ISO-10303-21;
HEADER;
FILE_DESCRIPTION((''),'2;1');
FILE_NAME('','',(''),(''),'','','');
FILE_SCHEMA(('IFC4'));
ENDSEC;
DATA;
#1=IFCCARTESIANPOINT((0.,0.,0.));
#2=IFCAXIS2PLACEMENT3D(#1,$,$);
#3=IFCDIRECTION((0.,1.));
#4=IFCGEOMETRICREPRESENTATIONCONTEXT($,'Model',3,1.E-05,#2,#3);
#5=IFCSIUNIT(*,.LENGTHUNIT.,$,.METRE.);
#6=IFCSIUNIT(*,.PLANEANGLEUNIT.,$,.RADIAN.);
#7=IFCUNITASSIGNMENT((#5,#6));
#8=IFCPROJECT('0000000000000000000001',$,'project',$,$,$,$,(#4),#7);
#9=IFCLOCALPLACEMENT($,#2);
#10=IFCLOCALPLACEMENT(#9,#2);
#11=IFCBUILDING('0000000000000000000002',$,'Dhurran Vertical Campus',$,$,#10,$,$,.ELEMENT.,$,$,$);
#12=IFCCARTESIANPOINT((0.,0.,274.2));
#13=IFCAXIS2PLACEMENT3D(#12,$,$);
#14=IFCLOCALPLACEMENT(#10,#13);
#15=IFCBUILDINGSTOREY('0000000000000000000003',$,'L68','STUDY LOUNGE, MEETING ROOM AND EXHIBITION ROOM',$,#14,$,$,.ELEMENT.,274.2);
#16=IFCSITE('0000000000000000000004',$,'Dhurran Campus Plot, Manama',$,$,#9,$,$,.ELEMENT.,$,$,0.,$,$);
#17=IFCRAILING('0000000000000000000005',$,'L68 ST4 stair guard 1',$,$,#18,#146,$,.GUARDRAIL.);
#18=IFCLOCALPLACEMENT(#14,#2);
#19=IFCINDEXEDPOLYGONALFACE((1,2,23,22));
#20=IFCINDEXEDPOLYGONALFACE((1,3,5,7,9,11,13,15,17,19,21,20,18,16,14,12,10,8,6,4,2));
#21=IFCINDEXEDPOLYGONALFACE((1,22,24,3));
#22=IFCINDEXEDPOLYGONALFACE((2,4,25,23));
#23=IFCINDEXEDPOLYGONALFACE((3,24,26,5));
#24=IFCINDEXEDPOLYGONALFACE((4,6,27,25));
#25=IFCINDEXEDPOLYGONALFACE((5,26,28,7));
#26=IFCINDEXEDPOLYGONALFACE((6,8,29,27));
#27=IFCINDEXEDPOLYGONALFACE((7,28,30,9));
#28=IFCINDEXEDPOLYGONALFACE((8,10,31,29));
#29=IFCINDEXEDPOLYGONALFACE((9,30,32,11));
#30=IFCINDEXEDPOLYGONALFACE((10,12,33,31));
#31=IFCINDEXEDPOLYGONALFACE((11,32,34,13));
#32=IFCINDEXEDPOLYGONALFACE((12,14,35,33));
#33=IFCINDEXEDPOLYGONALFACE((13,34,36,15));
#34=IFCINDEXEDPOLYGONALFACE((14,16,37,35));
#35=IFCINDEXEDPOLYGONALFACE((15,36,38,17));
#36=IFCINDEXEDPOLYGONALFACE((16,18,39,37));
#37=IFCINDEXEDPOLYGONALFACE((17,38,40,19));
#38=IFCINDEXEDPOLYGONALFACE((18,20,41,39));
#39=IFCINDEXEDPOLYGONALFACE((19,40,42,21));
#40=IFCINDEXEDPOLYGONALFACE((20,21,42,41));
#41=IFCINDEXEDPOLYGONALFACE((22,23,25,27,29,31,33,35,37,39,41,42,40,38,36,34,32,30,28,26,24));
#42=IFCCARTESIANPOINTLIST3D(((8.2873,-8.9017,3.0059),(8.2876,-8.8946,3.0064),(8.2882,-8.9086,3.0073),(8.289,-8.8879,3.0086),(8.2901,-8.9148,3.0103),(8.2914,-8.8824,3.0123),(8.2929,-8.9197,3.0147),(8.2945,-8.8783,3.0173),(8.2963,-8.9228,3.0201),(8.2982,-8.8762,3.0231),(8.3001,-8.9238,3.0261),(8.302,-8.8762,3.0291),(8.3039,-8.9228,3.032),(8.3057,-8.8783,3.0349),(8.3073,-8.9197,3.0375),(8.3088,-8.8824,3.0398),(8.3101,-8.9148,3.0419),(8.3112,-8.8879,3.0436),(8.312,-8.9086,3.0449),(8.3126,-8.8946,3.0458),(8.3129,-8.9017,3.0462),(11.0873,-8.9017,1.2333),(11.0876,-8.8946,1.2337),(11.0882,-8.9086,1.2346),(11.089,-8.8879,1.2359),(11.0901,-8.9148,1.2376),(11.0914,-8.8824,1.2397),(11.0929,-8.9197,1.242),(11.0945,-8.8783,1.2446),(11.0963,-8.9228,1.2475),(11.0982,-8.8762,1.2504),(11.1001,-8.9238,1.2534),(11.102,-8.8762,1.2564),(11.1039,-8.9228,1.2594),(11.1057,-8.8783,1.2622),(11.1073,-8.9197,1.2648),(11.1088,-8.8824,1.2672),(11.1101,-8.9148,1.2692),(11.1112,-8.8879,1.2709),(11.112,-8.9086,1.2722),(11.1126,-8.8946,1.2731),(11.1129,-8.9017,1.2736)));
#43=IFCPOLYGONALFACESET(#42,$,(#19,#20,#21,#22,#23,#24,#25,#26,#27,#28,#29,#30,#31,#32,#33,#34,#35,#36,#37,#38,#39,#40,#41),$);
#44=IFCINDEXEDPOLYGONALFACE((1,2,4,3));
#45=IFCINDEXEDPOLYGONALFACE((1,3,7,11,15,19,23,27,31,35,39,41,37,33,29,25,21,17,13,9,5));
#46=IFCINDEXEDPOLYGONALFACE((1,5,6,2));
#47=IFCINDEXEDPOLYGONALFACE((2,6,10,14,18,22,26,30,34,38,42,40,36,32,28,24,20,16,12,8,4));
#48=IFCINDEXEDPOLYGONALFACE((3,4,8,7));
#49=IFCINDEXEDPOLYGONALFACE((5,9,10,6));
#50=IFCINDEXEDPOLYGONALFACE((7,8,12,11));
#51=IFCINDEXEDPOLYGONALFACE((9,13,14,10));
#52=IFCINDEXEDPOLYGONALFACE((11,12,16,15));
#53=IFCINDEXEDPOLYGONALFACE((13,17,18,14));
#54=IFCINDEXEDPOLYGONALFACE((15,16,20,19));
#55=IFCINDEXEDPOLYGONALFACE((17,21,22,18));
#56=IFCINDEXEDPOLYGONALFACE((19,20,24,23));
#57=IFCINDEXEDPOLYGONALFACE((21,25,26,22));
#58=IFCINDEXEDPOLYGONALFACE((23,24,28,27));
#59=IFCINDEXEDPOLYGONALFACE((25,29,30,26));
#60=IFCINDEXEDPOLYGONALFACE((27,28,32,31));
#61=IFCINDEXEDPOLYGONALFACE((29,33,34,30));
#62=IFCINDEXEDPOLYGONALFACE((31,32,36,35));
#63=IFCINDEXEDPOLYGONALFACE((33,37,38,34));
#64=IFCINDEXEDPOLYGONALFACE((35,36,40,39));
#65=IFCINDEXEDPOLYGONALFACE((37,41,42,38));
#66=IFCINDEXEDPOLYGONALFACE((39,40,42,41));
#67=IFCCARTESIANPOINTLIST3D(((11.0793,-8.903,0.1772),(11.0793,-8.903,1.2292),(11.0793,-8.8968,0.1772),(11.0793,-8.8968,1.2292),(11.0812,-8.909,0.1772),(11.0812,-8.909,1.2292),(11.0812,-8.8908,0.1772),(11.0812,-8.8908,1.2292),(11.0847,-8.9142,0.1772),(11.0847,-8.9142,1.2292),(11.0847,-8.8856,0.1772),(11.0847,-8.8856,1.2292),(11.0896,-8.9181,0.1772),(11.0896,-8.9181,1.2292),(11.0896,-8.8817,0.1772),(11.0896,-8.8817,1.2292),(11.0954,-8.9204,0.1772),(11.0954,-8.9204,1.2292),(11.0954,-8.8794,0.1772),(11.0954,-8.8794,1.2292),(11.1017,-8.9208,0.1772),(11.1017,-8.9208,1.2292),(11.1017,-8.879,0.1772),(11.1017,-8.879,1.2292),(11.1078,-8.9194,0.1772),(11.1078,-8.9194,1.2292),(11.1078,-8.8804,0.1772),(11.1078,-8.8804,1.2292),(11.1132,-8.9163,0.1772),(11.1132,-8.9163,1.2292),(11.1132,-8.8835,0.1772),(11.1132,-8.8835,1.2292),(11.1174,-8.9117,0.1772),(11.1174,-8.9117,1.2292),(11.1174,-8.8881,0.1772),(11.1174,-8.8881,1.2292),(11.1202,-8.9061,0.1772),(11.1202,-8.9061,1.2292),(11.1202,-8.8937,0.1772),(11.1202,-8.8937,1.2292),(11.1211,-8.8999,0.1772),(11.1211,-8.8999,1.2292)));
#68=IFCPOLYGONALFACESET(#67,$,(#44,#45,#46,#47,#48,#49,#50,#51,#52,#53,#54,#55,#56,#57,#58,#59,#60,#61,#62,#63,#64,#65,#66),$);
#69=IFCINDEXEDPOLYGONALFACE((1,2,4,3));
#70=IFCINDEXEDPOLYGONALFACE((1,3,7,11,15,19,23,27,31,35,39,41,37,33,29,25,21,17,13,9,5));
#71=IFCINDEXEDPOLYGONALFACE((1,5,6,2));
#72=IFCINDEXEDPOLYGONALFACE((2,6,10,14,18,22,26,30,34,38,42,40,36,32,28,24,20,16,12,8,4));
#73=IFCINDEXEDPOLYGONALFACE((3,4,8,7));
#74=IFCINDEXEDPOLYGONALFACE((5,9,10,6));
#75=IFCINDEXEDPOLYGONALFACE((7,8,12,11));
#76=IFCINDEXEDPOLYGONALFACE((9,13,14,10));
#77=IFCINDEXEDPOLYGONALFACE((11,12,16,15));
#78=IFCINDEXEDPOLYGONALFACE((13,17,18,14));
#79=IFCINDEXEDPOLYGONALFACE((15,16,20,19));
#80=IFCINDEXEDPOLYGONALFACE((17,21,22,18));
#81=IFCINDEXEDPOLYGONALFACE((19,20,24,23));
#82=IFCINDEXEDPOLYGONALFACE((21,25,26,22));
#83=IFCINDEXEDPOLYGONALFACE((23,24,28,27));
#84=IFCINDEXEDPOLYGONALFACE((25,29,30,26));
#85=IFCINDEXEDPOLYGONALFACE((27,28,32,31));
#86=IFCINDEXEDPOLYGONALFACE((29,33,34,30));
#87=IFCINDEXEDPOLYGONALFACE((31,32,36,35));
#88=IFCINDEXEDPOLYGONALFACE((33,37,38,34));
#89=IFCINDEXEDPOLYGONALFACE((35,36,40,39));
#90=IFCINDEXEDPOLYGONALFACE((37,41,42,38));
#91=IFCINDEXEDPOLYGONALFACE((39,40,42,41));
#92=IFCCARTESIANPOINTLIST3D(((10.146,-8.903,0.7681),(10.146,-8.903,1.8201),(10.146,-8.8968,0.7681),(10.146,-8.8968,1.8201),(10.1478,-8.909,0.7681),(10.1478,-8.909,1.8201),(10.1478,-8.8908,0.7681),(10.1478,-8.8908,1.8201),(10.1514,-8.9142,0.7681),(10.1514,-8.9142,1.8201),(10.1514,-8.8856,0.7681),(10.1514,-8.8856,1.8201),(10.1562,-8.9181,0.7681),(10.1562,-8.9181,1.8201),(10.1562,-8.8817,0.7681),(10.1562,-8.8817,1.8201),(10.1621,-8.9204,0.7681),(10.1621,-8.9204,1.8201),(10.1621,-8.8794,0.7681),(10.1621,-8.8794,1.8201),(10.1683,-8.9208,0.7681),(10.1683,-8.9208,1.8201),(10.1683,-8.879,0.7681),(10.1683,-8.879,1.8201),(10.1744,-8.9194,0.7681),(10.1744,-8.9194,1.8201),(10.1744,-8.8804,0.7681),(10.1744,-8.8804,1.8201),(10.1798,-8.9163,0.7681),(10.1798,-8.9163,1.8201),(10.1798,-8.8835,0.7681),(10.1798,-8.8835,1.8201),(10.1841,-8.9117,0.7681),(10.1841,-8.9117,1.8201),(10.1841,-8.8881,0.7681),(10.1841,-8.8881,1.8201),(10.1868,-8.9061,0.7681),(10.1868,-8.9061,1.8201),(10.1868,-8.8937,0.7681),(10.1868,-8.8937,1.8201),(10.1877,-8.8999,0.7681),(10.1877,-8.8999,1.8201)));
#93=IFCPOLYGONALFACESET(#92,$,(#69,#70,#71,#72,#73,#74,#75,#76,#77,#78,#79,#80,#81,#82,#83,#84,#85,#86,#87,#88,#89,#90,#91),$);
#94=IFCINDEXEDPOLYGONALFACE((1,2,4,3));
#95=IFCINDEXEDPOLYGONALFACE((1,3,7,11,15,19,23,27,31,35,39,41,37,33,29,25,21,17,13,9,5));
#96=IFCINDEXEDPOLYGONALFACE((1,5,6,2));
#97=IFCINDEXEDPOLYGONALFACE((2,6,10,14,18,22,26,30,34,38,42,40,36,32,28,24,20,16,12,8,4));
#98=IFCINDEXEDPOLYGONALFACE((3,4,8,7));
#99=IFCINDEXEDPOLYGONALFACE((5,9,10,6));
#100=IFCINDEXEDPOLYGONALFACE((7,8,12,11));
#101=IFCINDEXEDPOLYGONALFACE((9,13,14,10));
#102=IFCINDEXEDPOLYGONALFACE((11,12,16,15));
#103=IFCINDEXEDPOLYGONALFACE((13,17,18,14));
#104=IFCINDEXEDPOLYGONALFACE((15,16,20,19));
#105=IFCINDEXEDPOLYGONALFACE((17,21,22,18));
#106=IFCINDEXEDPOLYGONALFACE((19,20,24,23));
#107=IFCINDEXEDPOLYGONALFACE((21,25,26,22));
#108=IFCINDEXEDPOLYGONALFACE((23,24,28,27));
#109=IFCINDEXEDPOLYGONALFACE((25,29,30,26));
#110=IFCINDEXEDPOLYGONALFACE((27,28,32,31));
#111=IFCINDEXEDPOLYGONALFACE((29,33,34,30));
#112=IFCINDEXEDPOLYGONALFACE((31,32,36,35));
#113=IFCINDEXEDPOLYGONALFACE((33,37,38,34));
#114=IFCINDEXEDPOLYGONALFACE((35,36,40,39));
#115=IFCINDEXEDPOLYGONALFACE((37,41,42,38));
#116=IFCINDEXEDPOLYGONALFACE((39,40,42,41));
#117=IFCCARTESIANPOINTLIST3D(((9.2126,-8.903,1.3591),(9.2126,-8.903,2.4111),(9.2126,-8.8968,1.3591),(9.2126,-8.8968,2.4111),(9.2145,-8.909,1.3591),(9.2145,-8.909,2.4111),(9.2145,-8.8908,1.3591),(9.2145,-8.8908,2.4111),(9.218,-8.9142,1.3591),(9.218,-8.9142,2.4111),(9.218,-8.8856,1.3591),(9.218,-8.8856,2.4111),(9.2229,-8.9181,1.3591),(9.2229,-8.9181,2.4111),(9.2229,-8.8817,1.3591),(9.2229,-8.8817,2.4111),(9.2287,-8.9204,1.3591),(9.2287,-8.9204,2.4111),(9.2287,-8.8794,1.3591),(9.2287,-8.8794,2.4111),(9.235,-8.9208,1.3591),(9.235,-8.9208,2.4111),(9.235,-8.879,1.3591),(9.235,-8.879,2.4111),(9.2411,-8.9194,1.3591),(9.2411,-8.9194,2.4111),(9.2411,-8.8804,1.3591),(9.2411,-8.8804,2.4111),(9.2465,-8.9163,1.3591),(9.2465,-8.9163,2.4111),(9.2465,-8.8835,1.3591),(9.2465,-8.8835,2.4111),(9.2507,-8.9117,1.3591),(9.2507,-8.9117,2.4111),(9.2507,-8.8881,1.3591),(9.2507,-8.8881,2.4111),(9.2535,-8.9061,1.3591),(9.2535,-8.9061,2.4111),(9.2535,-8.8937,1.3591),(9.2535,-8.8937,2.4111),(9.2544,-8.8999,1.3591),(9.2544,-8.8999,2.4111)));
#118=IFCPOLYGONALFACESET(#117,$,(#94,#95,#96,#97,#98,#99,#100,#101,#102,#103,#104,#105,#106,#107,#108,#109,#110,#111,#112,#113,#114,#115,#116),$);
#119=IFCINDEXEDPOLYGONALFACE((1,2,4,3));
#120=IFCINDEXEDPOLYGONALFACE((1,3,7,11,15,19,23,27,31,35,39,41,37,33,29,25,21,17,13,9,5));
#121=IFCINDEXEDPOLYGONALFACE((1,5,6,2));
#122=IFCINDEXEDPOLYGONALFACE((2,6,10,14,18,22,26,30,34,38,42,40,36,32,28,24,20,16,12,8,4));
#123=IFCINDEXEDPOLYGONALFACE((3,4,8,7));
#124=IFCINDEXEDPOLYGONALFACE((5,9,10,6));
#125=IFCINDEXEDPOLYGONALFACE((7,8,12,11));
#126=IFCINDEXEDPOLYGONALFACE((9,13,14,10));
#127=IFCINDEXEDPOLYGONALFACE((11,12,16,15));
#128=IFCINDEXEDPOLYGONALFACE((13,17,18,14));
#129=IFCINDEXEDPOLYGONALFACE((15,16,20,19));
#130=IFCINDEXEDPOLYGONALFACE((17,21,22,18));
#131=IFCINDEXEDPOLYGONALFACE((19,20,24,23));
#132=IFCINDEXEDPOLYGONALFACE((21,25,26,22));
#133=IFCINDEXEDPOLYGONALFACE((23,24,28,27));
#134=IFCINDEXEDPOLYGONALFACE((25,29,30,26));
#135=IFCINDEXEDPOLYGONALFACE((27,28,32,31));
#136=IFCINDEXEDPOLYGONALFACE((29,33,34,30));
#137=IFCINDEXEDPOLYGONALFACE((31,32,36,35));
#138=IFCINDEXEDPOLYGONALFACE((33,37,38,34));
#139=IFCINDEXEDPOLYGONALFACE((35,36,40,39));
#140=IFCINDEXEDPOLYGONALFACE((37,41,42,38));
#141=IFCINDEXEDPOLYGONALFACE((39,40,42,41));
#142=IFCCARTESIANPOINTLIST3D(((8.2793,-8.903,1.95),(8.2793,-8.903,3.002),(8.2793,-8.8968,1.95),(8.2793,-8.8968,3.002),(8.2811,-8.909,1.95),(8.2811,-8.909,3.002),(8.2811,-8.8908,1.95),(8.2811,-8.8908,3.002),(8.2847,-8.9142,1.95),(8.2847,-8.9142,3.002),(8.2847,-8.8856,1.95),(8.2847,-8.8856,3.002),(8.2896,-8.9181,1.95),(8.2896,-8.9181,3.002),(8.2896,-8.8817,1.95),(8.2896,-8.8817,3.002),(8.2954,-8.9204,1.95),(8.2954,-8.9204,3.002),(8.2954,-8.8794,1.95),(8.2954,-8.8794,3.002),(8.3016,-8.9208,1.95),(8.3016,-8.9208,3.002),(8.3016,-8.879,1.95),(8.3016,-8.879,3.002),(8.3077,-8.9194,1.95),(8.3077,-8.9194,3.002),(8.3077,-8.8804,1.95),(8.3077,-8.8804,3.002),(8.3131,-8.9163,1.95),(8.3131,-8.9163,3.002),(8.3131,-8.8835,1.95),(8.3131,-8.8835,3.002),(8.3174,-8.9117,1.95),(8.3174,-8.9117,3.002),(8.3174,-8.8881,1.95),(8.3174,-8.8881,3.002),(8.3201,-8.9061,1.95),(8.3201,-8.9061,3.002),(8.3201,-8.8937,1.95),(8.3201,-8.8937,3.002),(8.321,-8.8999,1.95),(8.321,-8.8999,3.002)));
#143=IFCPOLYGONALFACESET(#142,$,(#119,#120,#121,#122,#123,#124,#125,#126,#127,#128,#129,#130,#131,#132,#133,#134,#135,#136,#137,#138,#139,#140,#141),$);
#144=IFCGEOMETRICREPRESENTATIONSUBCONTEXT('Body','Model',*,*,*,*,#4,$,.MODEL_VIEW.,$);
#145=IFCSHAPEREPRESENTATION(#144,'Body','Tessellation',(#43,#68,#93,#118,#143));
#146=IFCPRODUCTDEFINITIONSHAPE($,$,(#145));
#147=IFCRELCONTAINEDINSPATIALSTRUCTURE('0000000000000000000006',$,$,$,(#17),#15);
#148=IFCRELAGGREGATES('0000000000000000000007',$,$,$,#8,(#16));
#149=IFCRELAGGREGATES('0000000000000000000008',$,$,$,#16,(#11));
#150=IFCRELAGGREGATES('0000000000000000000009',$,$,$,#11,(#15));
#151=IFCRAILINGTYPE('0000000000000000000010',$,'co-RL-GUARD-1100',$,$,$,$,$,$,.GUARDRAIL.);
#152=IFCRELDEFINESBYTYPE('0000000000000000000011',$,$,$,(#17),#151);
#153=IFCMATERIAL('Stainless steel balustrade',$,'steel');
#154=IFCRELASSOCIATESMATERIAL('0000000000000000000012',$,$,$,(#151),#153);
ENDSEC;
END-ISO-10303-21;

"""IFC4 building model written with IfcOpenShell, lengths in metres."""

from ifc_helpers import new_model, si_unit, direction, frame, origin, origin_2d, place, context, subcontext, project, spatial, circle, extrude, material, type_object, element, save


model = new_model("IFC4")

# Units and contexts
model_context = context("Model", 3, precision=1e-05, world=origin(), true_north=direction((0.0, 1.0)))
body_context = subcontext(model_context, "Body", "Model", "MODEL_VIEW")
ifc_project = project(units=[si_unit("LENGTHUNIT", "METRE"), si_unit("PLANEANGLEUNIT", "RADIAN")], contexts=[model_context])

# Site, building, storey
site_placement = place(None, origin())
site = spatial("IfcSite", under=ifc_project, at=site_placement, Name="Dhurran Campus Plot, Manama", CompositionType="ELEMENT", RefElevation=0.0)
building_placement = place(site_placement, origin())
building = spatial("IfcBuilding", under=site, at=building_placement, Name="Dhurran Vertical Campus", CompositionType="ELEMENT")
storey_placement = place(building_placement, frame((0.0, 0.0, 274.2)))
storey = spatial("IfcBuildingStorey", under=building, at=storey_placement, Name="L68", Description="STUDY LOUNGE, MEETING ROOM AND EXHIBITION ROOM", CompositionType="ELEMENT", Elevation=274.2)

# Railing
ifc_material_1 = material(Name="Stainless steel balustrade", Category="steel")
railing_type_1 = type_object("IfcRailingType", Name="co-RL-GUARD-1100", PredefinedType="GUARDRAIL", material=ifc_material_1)
railing_1_placement = place(storey_placement, frame((11.1001, -8.8999, 0.1772)))
element("IfcRailing", 1, at=railing_1_placement, inside=storey, type_object=railing_type_1, Name="L68 ST4 stair guard 1", PredefinedType="GUARDRAIL", context=body_context, shape_type="SweptSolid", body=[
    extrude(circle(Radius=0.0239, at=origin_2d()), frame((0.0, 0.0, 1.0762), z_axis=(-0.844909, 0.0, 0.53491), x_axis=(0.0, -1.0, 0.0)), (0.0, 0.0, 1.0), 3.314),
    extrude(circle(Radius=0.021, at=origin_2d()), origin(), (0.0, 0.0, 1.0), 1.052),
    extrude(circle(Radius=0.021, at=origin_2d()), frame((-0.9333, 0.0, 0.5908)), (0.0, 0.0, 1.0), 1.052),
    extrude(circle(Radius=0.021, at=origin_2d()), frame((-1.8667, 0.0, 1.1819)), (0.0, 0.0, 1.0), 1.052),
    extrude(circle(Radius=0.021, at=origin_2d()), frame((-2.8, 0.0, 1.7727)), (0.0, 0.0, 1.0), 1.052),
])

save(model, "model.ifc")
